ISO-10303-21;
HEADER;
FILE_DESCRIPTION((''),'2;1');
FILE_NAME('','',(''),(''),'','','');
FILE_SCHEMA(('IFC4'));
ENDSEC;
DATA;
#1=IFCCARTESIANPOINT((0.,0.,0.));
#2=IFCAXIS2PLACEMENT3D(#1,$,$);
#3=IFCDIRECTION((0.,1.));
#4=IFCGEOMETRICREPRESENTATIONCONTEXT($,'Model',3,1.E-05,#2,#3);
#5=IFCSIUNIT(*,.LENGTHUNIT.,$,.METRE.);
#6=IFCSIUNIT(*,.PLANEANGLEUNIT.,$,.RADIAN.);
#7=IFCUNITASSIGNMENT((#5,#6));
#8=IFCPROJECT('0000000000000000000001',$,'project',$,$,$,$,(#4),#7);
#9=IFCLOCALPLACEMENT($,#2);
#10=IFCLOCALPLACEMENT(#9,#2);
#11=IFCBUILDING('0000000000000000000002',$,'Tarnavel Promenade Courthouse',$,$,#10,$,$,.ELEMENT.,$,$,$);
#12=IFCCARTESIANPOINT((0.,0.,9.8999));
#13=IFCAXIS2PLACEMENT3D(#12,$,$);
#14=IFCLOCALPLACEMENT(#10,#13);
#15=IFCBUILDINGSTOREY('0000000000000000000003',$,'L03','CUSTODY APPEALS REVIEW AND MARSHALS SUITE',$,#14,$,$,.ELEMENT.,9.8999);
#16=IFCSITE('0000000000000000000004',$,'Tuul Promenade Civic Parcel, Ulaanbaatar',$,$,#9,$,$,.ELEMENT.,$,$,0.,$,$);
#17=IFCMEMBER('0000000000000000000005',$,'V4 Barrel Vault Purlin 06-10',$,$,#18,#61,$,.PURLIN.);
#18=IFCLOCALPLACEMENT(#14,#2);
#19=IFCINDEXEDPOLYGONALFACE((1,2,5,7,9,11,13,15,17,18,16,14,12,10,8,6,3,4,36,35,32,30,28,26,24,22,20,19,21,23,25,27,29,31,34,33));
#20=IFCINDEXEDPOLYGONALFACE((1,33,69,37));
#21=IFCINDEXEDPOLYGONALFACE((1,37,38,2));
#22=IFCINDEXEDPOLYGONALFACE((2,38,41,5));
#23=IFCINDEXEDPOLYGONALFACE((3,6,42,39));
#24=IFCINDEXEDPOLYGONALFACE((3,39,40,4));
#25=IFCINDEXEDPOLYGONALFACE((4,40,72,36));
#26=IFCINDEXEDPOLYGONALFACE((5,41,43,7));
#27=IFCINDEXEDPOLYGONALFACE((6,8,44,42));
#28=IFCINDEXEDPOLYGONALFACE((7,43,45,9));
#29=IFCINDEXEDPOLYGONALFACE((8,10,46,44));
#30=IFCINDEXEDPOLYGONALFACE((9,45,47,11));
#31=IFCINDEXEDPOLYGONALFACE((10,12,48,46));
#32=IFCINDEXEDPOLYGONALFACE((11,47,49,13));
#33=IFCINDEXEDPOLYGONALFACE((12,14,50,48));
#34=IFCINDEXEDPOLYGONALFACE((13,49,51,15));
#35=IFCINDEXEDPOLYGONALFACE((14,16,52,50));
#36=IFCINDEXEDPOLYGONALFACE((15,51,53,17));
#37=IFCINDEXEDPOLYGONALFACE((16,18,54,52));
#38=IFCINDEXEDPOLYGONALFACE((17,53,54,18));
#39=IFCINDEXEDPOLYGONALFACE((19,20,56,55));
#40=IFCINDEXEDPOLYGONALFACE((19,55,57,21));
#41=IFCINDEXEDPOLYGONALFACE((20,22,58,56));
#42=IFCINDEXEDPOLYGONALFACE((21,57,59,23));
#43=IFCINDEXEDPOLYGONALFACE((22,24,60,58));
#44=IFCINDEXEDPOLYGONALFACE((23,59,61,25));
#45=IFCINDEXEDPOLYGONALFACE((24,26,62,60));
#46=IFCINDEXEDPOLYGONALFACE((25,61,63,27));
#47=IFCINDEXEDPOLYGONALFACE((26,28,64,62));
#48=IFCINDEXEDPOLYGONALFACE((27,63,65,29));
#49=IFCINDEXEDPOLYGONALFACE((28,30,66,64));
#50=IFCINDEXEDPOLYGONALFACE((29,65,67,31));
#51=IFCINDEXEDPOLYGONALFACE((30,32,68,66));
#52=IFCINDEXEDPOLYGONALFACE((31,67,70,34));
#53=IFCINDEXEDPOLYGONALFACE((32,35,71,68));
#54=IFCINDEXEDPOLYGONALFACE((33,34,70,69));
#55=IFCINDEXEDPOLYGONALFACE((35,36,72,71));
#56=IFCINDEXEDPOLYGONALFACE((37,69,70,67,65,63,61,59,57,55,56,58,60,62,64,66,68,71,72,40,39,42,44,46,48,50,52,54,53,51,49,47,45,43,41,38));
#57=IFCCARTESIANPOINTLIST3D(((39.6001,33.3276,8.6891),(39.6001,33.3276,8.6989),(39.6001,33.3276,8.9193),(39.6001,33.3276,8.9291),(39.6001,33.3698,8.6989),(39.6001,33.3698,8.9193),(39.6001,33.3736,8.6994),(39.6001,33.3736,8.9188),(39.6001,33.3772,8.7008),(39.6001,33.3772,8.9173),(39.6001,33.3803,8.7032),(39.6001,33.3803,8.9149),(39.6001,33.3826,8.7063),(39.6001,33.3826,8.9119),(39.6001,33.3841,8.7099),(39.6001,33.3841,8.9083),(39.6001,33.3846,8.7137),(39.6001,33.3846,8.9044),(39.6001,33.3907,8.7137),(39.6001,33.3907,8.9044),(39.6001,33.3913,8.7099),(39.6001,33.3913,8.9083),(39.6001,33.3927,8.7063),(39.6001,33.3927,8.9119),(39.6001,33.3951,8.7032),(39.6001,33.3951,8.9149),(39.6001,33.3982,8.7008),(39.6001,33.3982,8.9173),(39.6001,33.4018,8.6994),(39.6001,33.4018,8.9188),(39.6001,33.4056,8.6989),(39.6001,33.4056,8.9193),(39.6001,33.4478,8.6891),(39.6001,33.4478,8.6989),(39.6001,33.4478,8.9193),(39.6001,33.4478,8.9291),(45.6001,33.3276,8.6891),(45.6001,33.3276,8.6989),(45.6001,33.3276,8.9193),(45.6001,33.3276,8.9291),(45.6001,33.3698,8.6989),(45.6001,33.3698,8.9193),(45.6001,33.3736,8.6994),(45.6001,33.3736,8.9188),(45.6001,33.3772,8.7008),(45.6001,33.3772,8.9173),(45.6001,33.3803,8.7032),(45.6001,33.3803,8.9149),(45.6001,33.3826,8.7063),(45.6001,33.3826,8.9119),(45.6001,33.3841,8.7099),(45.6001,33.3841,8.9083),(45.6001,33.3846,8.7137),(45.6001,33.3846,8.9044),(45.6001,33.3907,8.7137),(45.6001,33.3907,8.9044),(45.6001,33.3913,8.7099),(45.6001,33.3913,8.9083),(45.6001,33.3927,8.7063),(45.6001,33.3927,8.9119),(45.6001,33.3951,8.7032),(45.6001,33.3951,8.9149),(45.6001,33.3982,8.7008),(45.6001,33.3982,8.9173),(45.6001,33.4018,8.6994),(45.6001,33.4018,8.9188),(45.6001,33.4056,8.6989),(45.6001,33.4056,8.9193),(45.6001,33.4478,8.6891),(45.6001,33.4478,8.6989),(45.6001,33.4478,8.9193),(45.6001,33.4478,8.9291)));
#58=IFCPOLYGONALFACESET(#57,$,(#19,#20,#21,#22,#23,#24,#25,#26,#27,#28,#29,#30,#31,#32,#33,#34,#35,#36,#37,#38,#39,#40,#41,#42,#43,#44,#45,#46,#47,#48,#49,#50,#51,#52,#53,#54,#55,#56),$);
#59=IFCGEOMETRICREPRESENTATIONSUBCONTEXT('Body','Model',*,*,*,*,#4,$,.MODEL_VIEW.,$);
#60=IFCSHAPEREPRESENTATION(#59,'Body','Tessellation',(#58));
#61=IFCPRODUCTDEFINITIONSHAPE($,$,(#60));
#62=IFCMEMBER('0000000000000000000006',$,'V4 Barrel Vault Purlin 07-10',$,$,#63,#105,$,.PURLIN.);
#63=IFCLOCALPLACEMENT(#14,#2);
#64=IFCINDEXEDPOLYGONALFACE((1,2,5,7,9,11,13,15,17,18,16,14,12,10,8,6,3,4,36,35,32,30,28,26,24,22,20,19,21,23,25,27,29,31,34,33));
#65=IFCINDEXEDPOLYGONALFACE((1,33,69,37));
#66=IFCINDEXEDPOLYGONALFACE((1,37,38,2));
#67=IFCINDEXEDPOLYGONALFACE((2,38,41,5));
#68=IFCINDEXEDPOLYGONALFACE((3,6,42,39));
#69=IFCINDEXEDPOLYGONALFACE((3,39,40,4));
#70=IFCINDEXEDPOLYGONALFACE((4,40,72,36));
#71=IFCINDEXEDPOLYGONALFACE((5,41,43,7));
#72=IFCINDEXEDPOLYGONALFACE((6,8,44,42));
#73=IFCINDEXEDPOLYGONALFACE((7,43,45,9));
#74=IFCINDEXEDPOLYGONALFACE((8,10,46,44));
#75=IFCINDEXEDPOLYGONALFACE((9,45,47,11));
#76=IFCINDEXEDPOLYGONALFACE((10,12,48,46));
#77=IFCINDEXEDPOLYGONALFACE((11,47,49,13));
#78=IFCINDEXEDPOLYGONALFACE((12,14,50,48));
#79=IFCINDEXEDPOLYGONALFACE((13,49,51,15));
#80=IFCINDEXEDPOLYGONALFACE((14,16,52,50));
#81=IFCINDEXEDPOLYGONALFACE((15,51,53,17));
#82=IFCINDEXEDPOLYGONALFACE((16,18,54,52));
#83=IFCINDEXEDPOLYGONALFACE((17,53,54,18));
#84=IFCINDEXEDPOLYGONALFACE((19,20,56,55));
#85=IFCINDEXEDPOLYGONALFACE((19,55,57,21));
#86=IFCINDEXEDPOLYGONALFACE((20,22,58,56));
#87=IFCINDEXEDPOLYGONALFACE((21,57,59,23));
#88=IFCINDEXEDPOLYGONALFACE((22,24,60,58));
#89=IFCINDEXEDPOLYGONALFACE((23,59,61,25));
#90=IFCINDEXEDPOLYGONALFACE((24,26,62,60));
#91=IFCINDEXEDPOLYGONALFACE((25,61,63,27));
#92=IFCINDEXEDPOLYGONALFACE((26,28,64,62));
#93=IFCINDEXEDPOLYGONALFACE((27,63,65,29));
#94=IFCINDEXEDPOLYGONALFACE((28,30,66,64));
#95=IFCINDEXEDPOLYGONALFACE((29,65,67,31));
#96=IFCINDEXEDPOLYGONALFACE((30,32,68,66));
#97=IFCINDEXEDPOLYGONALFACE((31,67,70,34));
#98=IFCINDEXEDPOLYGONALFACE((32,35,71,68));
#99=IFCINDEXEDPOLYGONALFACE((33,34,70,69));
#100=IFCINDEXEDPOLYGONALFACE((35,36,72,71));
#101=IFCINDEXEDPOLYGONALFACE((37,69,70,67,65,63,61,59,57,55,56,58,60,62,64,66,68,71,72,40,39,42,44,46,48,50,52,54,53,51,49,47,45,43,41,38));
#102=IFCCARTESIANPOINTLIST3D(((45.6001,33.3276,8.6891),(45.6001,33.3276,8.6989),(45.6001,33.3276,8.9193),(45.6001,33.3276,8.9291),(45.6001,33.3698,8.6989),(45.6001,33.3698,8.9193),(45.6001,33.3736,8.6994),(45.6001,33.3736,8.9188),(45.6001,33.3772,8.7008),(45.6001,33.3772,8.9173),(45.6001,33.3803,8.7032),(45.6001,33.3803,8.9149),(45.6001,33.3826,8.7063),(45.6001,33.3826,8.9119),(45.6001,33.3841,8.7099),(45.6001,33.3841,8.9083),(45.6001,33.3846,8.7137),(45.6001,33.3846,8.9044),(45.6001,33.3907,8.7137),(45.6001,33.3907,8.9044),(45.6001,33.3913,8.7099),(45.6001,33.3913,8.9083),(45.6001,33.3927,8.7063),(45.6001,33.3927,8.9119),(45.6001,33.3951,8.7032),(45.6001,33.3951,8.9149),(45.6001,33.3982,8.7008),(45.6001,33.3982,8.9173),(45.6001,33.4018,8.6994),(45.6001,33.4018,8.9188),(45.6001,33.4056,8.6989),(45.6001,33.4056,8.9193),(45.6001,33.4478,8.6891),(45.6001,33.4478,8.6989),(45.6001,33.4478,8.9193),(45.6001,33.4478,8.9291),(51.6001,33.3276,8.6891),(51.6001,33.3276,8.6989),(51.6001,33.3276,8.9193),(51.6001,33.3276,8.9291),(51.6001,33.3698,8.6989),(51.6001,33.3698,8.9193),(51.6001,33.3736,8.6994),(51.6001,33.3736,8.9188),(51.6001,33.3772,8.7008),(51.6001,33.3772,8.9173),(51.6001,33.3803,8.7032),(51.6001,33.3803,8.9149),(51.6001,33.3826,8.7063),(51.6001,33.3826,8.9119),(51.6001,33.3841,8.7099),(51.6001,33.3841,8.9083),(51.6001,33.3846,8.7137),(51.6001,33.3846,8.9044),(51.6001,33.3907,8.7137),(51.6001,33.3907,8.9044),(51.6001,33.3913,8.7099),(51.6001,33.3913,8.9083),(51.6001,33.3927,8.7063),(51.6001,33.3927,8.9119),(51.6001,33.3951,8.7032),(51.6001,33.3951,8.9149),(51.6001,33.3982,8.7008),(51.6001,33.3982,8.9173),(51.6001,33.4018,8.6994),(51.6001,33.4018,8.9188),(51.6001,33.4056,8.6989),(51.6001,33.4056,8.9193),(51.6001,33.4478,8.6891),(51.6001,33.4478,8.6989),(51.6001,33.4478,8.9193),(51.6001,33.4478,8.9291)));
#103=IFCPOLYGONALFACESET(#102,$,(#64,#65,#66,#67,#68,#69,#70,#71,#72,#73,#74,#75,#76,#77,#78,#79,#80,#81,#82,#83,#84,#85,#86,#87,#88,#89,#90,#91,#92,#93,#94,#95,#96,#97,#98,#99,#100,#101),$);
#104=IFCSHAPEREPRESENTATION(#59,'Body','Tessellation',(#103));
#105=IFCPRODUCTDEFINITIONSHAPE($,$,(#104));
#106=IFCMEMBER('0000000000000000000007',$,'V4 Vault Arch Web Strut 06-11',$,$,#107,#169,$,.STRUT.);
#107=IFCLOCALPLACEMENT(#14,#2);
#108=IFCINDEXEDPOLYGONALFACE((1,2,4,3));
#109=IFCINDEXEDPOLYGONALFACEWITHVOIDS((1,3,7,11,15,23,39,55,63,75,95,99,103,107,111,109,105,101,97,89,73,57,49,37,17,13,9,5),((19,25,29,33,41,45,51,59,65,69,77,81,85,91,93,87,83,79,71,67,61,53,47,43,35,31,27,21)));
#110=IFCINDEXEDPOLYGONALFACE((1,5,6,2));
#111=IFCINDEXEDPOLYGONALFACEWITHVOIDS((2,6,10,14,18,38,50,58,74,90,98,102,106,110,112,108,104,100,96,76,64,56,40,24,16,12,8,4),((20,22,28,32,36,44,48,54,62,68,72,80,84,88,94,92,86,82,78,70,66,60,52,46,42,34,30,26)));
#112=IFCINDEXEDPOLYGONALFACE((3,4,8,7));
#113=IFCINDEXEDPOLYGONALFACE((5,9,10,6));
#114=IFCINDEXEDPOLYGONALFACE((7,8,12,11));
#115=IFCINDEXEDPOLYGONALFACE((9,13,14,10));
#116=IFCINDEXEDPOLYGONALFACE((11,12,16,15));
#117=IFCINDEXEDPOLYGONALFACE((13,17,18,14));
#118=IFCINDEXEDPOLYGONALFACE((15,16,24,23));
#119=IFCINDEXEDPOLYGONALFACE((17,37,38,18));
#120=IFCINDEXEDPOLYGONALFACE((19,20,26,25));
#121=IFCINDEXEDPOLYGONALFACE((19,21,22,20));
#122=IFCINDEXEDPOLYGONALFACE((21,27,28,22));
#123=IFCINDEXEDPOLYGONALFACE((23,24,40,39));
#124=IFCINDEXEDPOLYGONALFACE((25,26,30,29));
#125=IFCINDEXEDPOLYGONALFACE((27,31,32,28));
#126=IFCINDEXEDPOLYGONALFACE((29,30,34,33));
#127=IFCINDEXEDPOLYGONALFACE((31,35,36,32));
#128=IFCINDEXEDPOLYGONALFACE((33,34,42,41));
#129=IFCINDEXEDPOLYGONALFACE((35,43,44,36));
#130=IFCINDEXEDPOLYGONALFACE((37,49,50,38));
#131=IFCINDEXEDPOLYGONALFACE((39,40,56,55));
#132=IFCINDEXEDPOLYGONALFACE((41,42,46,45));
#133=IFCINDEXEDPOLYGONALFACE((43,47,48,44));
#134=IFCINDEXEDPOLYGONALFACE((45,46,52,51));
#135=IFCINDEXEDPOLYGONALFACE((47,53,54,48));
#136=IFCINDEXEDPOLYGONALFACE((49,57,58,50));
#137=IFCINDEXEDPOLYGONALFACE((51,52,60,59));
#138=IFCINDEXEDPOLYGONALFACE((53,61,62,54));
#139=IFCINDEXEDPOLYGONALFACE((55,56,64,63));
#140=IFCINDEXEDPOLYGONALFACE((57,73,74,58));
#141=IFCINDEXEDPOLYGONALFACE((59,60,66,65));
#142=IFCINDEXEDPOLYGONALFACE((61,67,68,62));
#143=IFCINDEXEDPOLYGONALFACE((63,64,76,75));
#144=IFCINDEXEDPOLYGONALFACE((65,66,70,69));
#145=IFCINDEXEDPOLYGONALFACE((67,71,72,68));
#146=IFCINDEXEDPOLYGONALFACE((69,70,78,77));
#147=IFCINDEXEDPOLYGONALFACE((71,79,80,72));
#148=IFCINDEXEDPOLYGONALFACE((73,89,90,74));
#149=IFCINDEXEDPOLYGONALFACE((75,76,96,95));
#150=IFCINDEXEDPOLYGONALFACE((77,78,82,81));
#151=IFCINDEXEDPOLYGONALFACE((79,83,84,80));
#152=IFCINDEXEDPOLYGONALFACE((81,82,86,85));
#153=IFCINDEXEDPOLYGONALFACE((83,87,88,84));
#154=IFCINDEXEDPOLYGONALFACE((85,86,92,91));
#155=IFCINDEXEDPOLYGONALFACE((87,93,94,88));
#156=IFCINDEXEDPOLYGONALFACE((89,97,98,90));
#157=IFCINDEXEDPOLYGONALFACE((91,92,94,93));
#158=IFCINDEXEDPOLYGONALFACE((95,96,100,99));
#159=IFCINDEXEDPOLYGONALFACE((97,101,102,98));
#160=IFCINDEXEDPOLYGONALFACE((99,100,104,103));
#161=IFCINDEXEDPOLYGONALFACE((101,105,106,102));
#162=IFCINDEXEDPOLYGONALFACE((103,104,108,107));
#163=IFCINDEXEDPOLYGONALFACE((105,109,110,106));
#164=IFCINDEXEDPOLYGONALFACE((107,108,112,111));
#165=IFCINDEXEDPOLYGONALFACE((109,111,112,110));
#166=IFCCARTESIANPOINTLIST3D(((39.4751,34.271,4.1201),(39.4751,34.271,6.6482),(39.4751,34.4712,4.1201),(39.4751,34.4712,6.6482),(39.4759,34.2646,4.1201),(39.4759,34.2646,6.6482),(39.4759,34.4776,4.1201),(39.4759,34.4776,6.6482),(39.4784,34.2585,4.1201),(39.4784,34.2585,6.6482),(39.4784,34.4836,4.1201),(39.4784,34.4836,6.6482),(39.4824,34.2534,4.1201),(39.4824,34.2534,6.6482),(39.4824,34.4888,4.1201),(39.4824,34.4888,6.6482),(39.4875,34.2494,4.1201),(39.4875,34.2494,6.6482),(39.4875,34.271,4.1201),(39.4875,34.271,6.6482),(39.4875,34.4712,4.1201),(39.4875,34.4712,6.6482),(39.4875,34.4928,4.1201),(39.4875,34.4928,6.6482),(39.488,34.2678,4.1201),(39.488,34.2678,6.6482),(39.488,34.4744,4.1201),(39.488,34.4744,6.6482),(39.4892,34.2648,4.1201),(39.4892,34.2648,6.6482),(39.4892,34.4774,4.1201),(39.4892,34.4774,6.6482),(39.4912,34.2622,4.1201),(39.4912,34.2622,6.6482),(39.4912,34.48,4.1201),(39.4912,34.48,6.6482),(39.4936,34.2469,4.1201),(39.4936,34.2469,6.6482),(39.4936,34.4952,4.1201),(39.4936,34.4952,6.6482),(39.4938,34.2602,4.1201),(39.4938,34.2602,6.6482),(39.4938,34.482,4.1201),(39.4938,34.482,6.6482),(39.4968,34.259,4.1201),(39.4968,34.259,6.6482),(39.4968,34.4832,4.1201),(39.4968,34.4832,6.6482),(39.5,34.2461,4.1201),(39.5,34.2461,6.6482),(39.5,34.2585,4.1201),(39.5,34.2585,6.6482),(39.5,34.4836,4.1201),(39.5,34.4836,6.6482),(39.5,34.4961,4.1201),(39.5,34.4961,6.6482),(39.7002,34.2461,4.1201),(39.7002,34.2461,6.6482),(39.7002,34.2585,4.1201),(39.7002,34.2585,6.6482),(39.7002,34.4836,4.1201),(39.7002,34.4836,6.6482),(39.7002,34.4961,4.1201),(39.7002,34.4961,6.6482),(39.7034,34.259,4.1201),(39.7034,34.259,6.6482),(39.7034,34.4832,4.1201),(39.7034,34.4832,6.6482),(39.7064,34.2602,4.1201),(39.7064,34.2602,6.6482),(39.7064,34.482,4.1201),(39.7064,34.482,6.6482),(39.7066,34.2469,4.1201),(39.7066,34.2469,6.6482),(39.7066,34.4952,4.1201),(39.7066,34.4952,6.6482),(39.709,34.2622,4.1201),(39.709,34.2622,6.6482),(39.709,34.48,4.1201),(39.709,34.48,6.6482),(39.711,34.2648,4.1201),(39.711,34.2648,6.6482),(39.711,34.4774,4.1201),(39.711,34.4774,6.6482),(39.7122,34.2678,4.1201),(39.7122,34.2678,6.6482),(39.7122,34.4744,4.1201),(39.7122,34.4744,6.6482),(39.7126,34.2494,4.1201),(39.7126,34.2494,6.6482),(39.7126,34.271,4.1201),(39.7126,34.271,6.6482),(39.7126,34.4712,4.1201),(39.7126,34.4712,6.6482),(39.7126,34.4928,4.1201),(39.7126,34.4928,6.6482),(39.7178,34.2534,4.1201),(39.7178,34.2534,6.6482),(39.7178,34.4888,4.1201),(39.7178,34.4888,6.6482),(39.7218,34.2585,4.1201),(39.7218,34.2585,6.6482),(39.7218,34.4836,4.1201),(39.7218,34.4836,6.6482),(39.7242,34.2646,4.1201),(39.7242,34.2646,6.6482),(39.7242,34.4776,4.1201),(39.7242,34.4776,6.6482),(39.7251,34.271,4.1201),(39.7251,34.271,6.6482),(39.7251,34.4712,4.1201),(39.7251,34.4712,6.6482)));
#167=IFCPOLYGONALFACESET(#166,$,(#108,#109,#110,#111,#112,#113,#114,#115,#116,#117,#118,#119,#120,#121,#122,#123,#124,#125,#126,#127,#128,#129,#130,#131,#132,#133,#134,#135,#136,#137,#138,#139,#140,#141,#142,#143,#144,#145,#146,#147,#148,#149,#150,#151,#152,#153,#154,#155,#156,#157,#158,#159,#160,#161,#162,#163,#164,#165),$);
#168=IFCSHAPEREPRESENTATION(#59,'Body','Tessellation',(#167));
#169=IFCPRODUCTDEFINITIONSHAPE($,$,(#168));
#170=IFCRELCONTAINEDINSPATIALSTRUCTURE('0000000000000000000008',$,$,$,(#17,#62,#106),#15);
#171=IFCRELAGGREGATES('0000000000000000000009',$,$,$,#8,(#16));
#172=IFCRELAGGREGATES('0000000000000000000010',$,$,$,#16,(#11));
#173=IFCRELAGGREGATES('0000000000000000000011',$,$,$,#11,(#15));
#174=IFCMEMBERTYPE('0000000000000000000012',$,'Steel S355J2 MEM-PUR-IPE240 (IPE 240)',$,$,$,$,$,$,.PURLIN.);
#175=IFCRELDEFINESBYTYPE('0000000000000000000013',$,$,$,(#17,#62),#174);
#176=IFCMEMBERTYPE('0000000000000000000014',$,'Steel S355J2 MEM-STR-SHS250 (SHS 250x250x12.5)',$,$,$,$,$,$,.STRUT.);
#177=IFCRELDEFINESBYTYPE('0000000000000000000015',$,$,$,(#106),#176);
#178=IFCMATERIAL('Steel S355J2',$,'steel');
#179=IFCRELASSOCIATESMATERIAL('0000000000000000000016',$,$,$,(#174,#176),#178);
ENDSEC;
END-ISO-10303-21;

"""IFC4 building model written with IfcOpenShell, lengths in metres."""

from ifc_helpers import new_model, si_unit, direction, frame, origin, origin_2d, place, context, subcontext, project, spatial, hollow_rectangle, i_section, extrude, material, material_profile, profile_set, type_object, element, save


model = new_model("IFC4")

# Units and contexts
model_context = context("Model", 3, precision=1e-05, world=origin(), true_north=direction((0.0, 1.0)))
body_context = subcontext(model_context, "Body", "Model", "MODEL_VIEW")
ifc_project = project(units=[si_unit("LENGTHUNIT", "METRE"), si_unit("PLANEANGLEUNIT", "RADIAN")], contexts=[model_context])

# Site, building, storey
site_placement = place(None, origin())
site = spatial("IfcSite", under=ifc_project, at=site_placement, Name="Tuul Promenade Civic Parcel, Ulaanbaatar", CompositionType="ELEMENT", RefElevation=0.0)
building_placement = place(site_placement, origin())
building = spatial("IfcBuilding", under=site, at=building_placement, Name="Tarnavel Promenade Courthouse", CompositionType="ELEMENT")
storey_placement = place(building_placement, frame((0.0, 0.0, 9.8999)))
storey = spatial("IfcBuildingStorey", under=building, at=storey_placement, Name="L03", Description="CUSTODY APPEALS REVIEW AND MARSHALS SUITE", CompositionType="ELEMENT", Elevation=9.8999)

# Shared definitions
ifc_material_1 = material(Name="Steel S355J2", Category="steel")

# Members
ifc_material_profile_1 = material_profile(ifc_material_1, i_section(OverallWidth=0.1201, OverallDepth=0.24, WebThickness=0.0061, FlangeThickness=0.0098, FilletRadius=0.0149, at=origin_2d()), Name="IPE 240")
ifc_profile_set_1 = profile_set([ifc_material_profile_1], Name="Steel S355J2")
member_type_1 = type_object("IfcMemberType", Name="Steel S355J2 MEM-PUR-IPE240 (IPE 240)", PredefinedType="PURLIN", material=ifc_profile_set_1)
for number, where, z_axis, x_axis, name in (
    (1, (39.6001, 33.3877, 8.8091), (1.0, 0.0, 0.0), (0.0, 1.0, 0.0), "V4 Barrel Vault Purlin 06-10"),
    (2, (45.6001, 33.3877, 8.8091), (1.0, 0.0, 0.0), (0.0, 1.0, 0.0), "V4 Barrel Vault Purlin 07-10"),
):
    element("IfcMember", number, at=place(storey_placement, frame(where, z_axis=z_axis, x_axis=x_axis)), inside=storey, type_object=member_type_1, Name=name, PredefinedType="PURLIN", context=body_context, shape_type="SweptSolid", body=[
        extrude(i_section(OverallWidth=0.1201, OverallDepth=0.24, WebThickness=0.0061, FlangeThickness=0.0098, FilletRadius=0.0149, at=origin_2d()), origin(), (0.0, 0.0, 1.0), 6.0),
    ])
ifc_material_profile_2 = material_profile(ifc_material_1, hollow_rectangle(XDim=0.25, YDim=0.25, WallThickness=0.0125, InnerFilletRadius=0.0125, OuterFilletRadius=0.0249, at=origin_2d()), Name="SHS 250x250x12.5")
ifc_profile_set_2 = profile_set([ifc_material_profile_2], Name="Steel S355J2")
member_type_2 = type_object("IfcMemberType", Name="Steel S355J2 MEM-STR-SHS250 (SHS 250x250x12.5)", PredefinedType="STRUT", material=ifc_profile_set_2)
member_1_placement = place(storey_placement, frame((39.6001, 34.3711, 4.1201), z_axis=(0.0, 0.0, 1.0), x_axis=(1.0, 0.0, 0.0)))
element("IfcMember", 3, at=member_1_placement, inside=storey, type_object=member_type_2, Name="V4 Vault Arch Web Strut 06-11", PredefinedType="STRUT", context=body_context, shape_type="SweptSolid", body=[
    extrude(hollow_rectangle(XDim=0.25, YDim=0.25, WallThickness=0.0125, InnerFilletRadius=0.0125, OuterFilletRadius=0.0249, at=origin_2d()), origin(), (0.0, 0.0, 1.0), 2.5281),
])

save(model, "model.ifc")
